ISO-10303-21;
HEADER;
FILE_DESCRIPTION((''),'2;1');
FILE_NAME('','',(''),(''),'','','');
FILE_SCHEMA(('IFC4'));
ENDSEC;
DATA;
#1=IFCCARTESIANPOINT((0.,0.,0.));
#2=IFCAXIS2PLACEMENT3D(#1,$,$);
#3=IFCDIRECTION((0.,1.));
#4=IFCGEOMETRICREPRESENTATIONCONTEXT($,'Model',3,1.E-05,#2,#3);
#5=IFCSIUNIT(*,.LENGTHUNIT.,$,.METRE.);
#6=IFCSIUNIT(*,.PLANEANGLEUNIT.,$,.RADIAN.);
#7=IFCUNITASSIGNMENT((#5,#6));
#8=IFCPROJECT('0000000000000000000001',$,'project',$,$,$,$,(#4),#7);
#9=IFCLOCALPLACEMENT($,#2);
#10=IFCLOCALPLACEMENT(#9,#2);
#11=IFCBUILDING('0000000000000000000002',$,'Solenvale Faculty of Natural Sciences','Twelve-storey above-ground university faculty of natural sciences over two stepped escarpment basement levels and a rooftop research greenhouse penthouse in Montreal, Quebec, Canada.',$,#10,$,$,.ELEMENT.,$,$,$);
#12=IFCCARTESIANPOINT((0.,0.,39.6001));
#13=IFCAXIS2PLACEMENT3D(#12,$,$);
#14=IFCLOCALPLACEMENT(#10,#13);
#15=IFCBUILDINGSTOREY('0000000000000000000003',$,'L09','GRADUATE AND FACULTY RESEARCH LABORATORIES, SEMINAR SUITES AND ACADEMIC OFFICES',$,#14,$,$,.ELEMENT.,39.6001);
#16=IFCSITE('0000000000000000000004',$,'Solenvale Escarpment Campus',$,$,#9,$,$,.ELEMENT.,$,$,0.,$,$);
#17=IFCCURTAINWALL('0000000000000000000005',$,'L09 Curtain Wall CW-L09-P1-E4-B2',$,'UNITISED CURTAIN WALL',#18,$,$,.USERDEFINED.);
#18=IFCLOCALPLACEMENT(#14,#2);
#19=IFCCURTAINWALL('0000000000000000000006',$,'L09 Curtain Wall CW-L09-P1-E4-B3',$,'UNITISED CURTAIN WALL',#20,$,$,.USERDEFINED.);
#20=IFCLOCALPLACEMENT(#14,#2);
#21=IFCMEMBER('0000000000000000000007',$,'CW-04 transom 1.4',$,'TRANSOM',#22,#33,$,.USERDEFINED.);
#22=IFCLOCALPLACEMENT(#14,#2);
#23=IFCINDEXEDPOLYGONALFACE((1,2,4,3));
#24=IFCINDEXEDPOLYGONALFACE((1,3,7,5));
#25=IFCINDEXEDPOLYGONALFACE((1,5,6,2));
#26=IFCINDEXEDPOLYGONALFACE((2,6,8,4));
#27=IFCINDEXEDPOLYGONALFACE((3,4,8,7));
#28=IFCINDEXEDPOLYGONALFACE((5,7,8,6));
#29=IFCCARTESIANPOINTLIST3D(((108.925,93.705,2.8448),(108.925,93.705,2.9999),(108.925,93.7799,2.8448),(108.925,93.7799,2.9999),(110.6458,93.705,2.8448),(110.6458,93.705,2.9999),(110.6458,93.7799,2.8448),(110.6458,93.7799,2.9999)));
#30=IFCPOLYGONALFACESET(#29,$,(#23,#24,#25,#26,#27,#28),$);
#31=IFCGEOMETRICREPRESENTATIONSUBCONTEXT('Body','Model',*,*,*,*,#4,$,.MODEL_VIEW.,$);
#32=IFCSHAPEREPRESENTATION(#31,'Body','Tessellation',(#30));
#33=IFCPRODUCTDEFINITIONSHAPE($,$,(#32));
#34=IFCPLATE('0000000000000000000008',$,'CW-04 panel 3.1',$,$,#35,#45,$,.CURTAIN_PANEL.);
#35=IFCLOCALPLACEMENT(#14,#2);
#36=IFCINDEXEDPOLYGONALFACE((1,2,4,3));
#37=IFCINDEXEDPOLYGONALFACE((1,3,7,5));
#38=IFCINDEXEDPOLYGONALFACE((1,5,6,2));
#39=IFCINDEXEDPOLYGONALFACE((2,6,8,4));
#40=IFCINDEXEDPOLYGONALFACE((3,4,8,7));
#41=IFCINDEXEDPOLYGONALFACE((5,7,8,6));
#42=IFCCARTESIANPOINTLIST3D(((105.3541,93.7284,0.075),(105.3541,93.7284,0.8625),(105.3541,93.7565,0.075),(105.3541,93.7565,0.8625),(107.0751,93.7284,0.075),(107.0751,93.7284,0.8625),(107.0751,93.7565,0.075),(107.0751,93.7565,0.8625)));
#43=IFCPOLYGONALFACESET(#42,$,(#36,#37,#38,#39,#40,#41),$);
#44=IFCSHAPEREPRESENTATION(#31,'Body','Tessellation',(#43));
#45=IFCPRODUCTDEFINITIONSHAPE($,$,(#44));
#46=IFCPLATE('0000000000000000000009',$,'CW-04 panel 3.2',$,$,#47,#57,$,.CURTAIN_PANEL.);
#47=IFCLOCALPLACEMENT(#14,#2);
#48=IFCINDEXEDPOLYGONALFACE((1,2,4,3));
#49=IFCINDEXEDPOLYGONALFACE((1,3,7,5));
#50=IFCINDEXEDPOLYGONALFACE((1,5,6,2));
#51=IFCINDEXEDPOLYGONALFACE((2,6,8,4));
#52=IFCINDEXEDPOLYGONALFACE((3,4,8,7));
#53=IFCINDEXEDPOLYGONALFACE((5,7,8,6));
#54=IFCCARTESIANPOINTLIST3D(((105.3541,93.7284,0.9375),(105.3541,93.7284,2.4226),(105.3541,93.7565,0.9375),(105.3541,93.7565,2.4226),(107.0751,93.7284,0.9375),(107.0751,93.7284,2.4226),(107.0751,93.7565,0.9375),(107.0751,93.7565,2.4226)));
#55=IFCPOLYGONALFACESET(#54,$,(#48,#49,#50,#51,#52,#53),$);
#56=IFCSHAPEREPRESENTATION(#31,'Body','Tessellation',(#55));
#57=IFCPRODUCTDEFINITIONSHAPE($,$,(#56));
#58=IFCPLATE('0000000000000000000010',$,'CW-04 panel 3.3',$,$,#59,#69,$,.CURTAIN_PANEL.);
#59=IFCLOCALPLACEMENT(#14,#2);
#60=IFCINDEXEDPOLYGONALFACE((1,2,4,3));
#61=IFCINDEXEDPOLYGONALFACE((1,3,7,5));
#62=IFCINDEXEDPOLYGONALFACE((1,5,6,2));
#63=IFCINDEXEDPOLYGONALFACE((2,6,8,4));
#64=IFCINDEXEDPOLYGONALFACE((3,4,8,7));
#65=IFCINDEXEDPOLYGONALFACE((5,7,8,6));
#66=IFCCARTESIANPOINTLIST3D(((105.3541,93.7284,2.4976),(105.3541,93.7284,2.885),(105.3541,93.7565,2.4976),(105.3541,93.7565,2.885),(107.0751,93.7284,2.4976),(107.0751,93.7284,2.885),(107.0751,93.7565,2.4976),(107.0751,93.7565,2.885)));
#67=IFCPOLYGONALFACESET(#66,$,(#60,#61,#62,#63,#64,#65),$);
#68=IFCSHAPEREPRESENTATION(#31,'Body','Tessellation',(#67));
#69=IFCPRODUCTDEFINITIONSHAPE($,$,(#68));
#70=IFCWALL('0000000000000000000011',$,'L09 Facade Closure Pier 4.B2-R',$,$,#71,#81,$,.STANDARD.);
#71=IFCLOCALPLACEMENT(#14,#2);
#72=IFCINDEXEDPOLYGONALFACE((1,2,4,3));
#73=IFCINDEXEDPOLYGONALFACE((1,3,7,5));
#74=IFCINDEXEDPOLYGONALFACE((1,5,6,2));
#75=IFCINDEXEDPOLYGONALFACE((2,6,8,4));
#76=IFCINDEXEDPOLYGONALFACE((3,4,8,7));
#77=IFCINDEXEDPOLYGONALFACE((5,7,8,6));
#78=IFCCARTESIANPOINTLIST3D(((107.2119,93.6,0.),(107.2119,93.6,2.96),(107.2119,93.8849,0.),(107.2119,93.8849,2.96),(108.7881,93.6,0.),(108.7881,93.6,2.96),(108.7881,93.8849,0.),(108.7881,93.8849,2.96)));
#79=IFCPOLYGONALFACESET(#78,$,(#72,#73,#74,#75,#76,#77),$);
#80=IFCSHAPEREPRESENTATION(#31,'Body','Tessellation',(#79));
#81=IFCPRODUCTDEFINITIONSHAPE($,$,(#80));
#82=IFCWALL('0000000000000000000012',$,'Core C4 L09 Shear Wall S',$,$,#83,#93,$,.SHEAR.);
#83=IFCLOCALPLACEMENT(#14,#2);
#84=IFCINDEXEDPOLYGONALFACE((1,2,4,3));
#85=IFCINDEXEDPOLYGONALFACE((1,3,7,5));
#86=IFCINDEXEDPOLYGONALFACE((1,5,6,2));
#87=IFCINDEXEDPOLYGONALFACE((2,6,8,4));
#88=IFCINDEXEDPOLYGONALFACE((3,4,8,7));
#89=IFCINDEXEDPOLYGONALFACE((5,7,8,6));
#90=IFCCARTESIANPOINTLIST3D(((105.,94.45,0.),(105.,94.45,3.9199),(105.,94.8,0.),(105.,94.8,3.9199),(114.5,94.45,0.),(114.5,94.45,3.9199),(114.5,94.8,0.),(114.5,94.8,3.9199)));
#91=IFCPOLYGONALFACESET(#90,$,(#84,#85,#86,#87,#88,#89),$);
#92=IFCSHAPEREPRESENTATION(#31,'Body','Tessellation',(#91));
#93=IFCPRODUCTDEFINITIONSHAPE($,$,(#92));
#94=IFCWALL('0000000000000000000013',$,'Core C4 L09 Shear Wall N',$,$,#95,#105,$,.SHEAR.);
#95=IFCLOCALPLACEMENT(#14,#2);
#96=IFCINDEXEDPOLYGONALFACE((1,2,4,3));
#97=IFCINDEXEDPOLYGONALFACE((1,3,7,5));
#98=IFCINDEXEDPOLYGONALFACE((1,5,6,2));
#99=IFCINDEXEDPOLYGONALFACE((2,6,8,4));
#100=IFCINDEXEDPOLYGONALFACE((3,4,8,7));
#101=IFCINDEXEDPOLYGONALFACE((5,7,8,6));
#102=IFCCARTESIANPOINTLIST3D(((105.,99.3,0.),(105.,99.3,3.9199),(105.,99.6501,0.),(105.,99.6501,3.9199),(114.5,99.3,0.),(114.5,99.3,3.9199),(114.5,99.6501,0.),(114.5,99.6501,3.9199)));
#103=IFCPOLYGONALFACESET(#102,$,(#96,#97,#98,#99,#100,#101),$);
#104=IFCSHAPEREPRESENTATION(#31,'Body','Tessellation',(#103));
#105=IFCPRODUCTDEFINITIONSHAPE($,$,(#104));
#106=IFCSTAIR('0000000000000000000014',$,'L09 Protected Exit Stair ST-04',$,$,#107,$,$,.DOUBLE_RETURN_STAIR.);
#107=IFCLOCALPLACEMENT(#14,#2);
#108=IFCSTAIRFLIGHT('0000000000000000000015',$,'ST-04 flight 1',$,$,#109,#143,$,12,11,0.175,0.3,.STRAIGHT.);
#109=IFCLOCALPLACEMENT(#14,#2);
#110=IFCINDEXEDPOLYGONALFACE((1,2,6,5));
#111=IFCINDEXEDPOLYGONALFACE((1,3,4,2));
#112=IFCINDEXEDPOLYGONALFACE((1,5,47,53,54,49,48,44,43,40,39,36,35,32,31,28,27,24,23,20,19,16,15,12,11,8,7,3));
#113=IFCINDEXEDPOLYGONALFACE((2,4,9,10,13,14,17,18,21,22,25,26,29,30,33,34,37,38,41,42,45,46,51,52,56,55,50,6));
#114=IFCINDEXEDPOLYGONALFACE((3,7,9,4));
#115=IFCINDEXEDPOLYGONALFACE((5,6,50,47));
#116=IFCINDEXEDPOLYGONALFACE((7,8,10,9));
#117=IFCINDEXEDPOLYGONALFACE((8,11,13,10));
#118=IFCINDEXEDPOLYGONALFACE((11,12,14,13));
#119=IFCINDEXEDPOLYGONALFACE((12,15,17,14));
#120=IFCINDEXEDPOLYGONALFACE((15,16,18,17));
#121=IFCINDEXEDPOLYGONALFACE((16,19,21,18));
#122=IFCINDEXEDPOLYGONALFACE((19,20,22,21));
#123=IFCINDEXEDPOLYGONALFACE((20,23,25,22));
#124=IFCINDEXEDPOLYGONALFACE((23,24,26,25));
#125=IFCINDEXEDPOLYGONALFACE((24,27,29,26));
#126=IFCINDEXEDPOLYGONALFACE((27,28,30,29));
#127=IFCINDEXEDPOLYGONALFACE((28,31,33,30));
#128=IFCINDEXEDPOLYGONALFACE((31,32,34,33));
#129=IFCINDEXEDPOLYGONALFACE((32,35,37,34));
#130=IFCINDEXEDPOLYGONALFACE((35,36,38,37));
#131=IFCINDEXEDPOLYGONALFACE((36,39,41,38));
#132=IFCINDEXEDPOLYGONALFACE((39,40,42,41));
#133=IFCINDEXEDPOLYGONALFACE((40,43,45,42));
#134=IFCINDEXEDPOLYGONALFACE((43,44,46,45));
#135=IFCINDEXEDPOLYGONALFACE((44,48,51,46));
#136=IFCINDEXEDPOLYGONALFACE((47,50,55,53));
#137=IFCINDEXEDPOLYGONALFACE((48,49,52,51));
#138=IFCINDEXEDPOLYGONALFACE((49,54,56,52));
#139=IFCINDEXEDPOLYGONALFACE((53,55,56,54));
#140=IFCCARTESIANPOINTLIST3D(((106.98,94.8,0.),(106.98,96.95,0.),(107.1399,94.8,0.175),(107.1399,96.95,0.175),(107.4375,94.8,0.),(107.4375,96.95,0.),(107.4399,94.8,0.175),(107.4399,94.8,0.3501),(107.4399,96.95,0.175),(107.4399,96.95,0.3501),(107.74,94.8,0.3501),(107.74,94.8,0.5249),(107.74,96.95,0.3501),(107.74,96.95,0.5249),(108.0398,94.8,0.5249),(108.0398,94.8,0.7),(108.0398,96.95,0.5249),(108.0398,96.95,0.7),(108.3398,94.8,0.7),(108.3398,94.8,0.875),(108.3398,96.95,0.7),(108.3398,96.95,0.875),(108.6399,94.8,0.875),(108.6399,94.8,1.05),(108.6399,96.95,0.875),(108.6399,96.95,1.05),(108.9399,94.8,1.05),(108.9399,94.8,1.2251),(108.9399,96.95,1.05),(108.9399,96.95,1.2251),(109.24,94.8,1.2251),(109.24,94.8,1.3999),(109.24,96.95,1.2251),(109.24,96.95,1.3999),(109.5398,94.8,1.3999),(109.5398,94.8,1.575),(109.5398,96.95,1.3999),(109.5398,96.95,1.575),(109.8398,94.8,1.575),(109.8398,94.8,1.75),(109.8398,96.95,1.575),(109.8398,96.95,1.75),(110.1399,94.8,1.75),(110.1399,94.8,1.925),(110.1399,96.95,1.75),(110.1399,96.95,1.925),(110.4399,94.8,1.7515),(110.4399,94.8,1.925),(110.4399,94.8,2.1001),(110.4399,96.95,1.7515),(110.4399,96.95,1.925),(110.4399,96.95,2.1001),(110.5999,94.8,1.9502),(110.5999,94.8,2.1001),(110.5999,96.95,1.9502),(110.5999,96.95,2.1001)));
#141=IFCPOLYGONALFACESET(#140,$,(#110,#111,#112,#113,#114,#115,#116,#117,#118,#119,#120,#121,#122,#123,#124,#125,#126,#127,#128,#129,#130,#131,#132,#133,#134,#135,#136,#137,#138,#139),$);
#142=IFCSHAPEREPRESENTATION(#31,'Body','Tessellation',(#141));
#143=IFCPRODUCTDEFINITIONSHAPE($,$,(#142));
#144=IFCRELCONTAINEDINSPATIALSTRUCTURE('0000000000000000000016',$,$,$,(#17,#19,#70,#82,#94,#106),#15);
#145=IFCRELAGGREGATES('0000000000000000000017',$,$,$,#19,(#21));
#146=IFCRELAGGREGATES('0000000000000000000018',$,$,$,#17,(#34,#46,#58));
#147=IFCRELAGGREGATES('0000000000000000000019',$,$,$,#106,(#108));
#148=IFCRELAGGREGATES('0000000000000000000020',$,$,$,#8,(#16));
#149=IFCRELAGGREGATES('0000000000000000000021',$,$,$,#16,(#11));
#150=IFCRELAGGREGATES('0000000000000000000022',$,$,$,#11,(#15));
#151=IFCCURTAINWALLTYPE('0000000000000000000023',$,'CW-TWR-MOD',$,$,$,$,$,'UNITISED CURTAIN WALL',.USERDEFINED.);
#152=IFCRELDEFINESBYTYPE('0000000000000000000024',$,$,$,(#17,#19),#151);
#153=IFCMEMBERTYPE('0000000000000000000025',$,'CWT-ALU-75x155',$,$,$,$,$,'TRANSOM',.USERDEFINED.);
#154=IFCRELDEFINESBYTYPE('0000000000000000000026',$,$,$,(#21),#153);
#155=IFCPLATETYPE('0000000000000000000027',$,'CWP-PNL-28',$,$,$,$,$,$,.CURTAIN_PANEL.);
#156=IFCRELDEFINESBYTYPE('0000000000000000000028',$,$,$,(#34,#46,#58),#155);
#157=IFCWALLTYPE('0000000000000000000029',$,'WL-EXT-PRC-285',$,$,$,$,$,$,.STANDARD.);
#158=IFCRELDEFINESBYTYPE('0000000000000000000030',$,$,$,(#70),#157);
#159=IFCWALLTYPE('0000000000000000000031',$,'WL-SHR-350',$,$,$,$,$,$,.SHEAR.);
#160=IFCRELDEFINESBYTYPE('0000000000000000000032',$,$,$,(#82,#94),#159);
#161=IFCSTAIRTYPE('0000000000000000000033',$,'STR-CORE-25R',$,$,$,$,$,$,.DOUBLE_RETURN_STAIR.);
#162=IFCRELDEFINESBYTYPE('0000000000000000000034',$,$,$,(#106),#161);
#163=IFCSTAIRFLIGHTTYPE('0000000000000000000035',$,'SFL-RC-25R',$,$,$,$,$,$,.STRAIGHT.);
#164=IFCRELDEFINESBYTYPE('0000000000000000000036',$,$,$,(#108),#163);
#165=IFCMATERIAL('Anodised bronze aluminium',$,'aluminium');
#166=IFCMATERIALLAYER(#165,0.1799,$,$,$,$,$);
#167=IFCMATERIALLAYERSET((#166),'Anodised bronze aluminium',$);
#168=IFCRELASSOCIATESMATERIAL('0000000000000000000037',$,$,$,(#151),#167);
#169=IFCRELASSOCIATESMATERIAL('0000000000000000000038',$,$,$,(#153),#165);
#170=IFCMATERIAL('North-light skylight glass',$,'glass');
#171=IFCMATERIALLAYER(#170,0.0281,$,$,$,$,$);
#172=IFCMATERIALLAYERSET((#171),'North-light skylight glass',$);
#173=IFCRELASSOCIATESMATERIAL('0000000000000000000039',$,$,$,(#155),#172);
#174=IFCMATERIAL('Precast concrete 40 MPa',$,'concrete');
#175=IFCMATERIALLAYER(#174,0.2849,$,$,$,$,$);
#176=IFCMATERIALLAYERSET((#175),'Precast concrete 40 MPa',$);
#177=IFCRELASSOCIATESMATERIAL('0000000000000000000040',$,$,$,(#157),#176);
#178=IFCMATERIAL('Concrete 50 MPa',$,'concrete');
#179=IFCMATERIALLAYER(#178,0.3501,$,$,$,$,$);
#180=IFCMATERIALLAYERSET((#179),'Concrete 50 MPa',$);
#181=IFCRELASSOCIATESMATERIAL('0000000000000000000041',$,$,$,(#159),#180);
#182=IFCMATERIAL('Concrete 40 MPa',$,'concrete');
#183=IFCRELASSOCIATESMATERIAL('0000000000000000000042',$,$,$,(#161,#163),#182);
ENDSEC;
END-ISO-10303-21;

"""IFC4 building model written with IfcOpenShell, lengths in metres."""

from ifc_helpers import new_model, si_unit, direction, frame, frame_2d, origin, origin_2d, place, context, subcontext, project, spatial, polyline, rectangle, outline, extrude, material, layer, layer_set, material_profile, profile_set, type_object, element, aggregate, save


model = new_model("IFC4")

# Units and contexts
model_context = context("Model", 3, precision=1e-05, world=origin(), true_north=direction((0.0, 1.0)))
body_context = subcontext(model_context, "Body", "Model", "MODEL_VIEW")
ifc_project = project(units=[si_unit("LENGTHUNIT", "METRE"), si_unit("PLANEANGLEUNIT", "RADIAN")], contexts=[model_context])

# Site, building, storey
site_placement = place(None, origin())
site = spatial("IfcSite", under=ifc_project, at=site_placement, Name="Solenvale Escarpment Campus", CompositionType="ELEMENT", RefElevation=0.0)
building_placement = place(site_placement, origin())
building = spatial("IfcBuilding", under=site, at=building_placement, Name="Solenvale Faculty of Natural Sciences", Description="Twelve-storey above-ground university faculty of natural sciences over two stepped escarpment basement levels and a rooftop research greenhouse penthouse in Montreal, Quebec, Canada.", CompositionType="ELEMENT")
storey_placement = place(building_placement, frame((0.0, 0.0, 39.6001)))
storey = spatial("IfcBuildingStorey", under=building, at=storey_placement, Name="L09", Description="GRADUATE AND FACULTY RESEARCH LABORATORIES, SEMINAR SUITES AND ACADEMIC OFFICES", CompositionType="ELEMENT", Elevation=39.6001)

# Shared definitions
ifc_material_1 = material(Name="Concrete 40 MPa", Category="concrete")

# Curtain wall
ifc_material_2 = material(Name="Anodised bronze aluminium", Category="aluminium")
ifc_layer_1 = layer(ifc_material_2, 0.1799)
ifc_layer_set_1 = layer_set([ifc_layer_1], Name="Anodised bronze aluminium")
curtain_wall_type = type_object("IfcCurtainWallType", Name="CW-TWR-MOD", ElementType="UNITISED CURTAIN WALL", PredefinedType="USERDEFINED", material=ifc_layer_set_1)
curtain_wall_1_placement = place(storey_placement, origin())
curtain_wall_1 = element("IfcCurtainWall", 1, at=curtain_wall_1_placement, inside=storey, type_object=curtain_wall_type, Name="L09 Curtain Wall CW-L09-P1-E4-B2", ObjectType="UNITISED CURTAIN WALL", PredefinedType="USERDEFINED")

# Curtain wall
curtain_wall_2_placement = place(storey_placement, origin())
curtain_wall_2 = element("IfcCurtainWall", 2, at=curtain_wall_2_placement, inside=storey, type_object=curtain_wall_type, Name="L09 Curtain Wall CW-L09-P1-E4-B3", ObjectType="UNITISED CURTAIN WALL", PredefinedType="USERDEFINED")

# Member
ifc_material_profile_1 = material_profile(ifc_material_2, rectangle(XDim=0.075, YDim=0.155, at=origin_2d()), Name="ALU-TRN-75x155")
ifc_profile_set_1 = profile_set([ifc_material_profile_1], Name="Anodised bronze aluminium")
member_type_1 = type_object("IfcMemberType", Name="CWT-ALU-75x155", ElementType="TRANSOM", PredefinedType="USERDEFINED", material=ifc_profile_set_1)
member_1_placement = place(storey_placement, frame((108.925, 93.7424, 2.9224), z_axis=(1.0, 0.0, 0.0), x_axis=(0.0, 1.0, 0.0)))
member_1 = element("IfcMember", 3, at=member_1_placement, type_object=member_type_1, Name="CW-04 transom 1.4", ObjectType="TRANSOM", PredefinedType="USERDEFINED", context=body_context, shape_type="SweptSolid", body=[
    extrude(rectangle(XDim=0.075, YDim=0.155, at=origin_2d()), origin(), (0.0, 0.0, 1.0), 1.7207),
])
aggregate(curtain_wall_2, [member_1])

# Plates
ifc_material_3 = material(Name="North-light skylight glass", Category="glass")
ifc_layer_2 = layer(ifc_material_3, 0.0281)
ifc_layer_set_2 = layer_set([ifc_layer_2], Name="North-light skylight glass")
plate_type = type_object("IfcPlateType", Name="CWP-PNL-28", PredefinedType="CURTAIN_PANEL", material=ifc_layer_set_2)
plate_1_placement = place(storey_placement, frame((106.2146, 93.7424, 0.075), z_axis=(0.0, 0.0, 1.0), x_axis=(1.0, 0.0, 0.0)))
plate_1 = element("IfcPlate", 4, at=plate_1_placement, type_object=plate_type, Name="CW-04 panel 3.1", PredefinedType="CURTAIN_PANEL", context=body_context, shape_type="SweptSolid", body=[
    extrude(rectangle(XDim=1.7209, YDim=0.0281, at=origin_2d()), origin(), (0.0, 0.0, 1.0), 0.7876),
])
plate_2_placement = place(storey_placement, frame((106.2146, 93.7424, 0.9375), z_axis=(0.0, 0.0, 1.0), x_axis=(1.0, 0.0, 0.0)))
plate_2 = element("IfcPlate", 5, at=plate_2_placement, type_object=plate_type, Name="CW-04 panel 3.2", PredefinedType="CURTAIN_PANEL", context=body_context, shape_type="SweptSolid", body=[
    extrude(rectangle(XDim=1.7209, YDim=0.0281, at=origin_2d()), origin(), (0.0, 0.0, 1.0), 1.4851),
])
plate_3_placement = place(storey_placement, frame((106.2146, 93.7424, 2.4976), z_axis=(0.0, 0.0, 1.0), x_axis=(1.0, 0.0, 0.0)))
plate_3 = element("IfcPlate", 6, at=plate_3_placement, type_object=plate_type, Name="CW-04 panel 3.3", PredefinedType="CURTAIN_PANEL", context=body_context, shape_type="SweptSolid", body=[
    extrude(rectangle(XDim=1.7209, YDim=0.0281, at=origin_2d()), origin(), (0.0, 0.0, 1.0), 0.3875),
])
aggregate(curtain_wall_1, [plate_1, plate_2, plate_3])

# Walls
ifc_material_4 = material(Name="Precast concrete 40 MPa", Category="concrete")
ifc_layer_3 = layer(ifc_material_4, 0.2849)
ifc_layer_set_3 = layer_set([ifc_layer_3], Name="Precast concrete 40 MPa")
wall_type_1 = type_object("IfcWallType", Name="WL-EXT-PRC-285", PredefinedType="STANDARD", material=ifc_layer_set_3)
wall_1_placement = place(storey_placement, frame((107.2119, 93.7424, 0.0), z_axis=(0.0, 0.0, 1.0), x_axis=(1.0, 0.0, 0.0)))
element("IfcWall", 7, at=wall_1_placement, inside=storey, type_object=wall_type_1, Name="L09 Facade Closure Pier 4.B2-R", PredefinedType="STANDARD", context=body_context, shape_type="SweptSolid", body=[
    extrude(rectangle(XDim=1.5762, YDim=0.2849, at=frame_2d((0.7881, 0.0))), origin(), (0.0, 0.0, 1.0), 2.96),
])
ifc_material_5 = material(Name="Concrete 50 MPa", Category="concrete")
ifc_layer_4 = layer(ifc_material_5, 0.3501)
ifc_layer_set_4 = layer_set([ifc_layer_4], Name="Concrete 50 MPa")
wall_type_2 = type_object("IfcWallType", Name="WL-SHR-350", PredefinedType="SHEAR", material=ifc_layer_set_4)
for number, where, z_axis, x_axis, name in (
    (8, (105.0, 94.625, 0.0), (0.0, 0.0, 1.0), (1.0, 0.0, 0.0), "Core C4 L09 Shear Wall S"),
    (9, (105.0, 99.4751, 0.0), (0.0, 0.0, 1.0), (1.0, 0.0, 0.0), "Core C4 L09 Shear Wall N"),
):
    element("IfcWall", number, at=place(storey_placement, frame(where, z_axis=z_axis, x_axis=x_axis)), inside=storey, type_object=wall_type_2, Name=name, PredefinedType="SHEAR", context=body_context, shape_type="SweptSolid", body=[
        extrude(rectangle(XDim=9.5, YDim=0.3501, at=frame_2d((4.75, 0.0))), origin(), (0.0, 0.0, 1.0), 3.9199),
    ])

# Stair, stair flight
stair_type = type_object("IfcStairType", Name="STR-CORE-25R", PredefinedType="DOUBLE_RETURN_STAIR", material=ifc_material_1)
stair_placement = place(storey_placement, origin())
stair = element("IfcStair", 10, at=stair_placement, inside=storey, type_object=stair_type, Name="L09 Protected Exit Stair ST-04", PredefinedType="DOUBLE_RETURN_STAIR")
stair_flight_type = type_object("IfcStairFlightType", Name="SFL-RC-25R", PredefinedType="STRAIGHT", material=ifc_material_1)
stair_flight_placement = place(storey_placement, frame((107.1399, 95.875, 0.0), z_axis=(0.0, 0.0, 1.0), x_axis=(1.0, 0.0, 0.0)))
stair_flight = element("IfcStairFlight", 11, at=stair_flight_placement, type_object=stair_flight_type, Name="ST-04 flight 1", NumberOfRisers=12, NumberOfTreads=11, PredefinedType="STRAIGHT", RiserHeight=0.175, TreadLength=0.3, context=body_context, shape_type="SweptSolid", body=[
    extrude(outline(polyline([(-0.1599, 0.0), (0.0, 0.175), (0.3, 0.175), (0.3, 0.3501), (0.6001, 0.3501), (0.6001, 0.5249), (0.8999, 0.5249), (0.8999, 0.7), (1.2, 0.7), (1.2, 0.875), (1.5, 0.875), (1.5, 1.05), (1.8, 1.05), (1.8, 1.2251), (2.1001, 1.2251), (2.1001, 1.3999), (2.3999, 1.3999), (2.3999, 1.575), (2.7, 1.575), (2.7, 1.75), (3.0, 1.75), (3.0, 1.925), (3.3, 1.925), (3.3, 2.1001), (3.46, 2.1001), (3.46, 1.9502), (3.3, 1.7515), (0.2976, 0.0), (-0.1599, 0.0)])), frame((0.0, 1.075, 0.0), z_axis=(0.0, -1.0, 0.0), x_axis=(1.0, 0.0, 0.0)), (0.0, 0.0, 1.0), 2.1499),
])
aggregate(stair, [stair_flight])

save(model, "model.ifc")
